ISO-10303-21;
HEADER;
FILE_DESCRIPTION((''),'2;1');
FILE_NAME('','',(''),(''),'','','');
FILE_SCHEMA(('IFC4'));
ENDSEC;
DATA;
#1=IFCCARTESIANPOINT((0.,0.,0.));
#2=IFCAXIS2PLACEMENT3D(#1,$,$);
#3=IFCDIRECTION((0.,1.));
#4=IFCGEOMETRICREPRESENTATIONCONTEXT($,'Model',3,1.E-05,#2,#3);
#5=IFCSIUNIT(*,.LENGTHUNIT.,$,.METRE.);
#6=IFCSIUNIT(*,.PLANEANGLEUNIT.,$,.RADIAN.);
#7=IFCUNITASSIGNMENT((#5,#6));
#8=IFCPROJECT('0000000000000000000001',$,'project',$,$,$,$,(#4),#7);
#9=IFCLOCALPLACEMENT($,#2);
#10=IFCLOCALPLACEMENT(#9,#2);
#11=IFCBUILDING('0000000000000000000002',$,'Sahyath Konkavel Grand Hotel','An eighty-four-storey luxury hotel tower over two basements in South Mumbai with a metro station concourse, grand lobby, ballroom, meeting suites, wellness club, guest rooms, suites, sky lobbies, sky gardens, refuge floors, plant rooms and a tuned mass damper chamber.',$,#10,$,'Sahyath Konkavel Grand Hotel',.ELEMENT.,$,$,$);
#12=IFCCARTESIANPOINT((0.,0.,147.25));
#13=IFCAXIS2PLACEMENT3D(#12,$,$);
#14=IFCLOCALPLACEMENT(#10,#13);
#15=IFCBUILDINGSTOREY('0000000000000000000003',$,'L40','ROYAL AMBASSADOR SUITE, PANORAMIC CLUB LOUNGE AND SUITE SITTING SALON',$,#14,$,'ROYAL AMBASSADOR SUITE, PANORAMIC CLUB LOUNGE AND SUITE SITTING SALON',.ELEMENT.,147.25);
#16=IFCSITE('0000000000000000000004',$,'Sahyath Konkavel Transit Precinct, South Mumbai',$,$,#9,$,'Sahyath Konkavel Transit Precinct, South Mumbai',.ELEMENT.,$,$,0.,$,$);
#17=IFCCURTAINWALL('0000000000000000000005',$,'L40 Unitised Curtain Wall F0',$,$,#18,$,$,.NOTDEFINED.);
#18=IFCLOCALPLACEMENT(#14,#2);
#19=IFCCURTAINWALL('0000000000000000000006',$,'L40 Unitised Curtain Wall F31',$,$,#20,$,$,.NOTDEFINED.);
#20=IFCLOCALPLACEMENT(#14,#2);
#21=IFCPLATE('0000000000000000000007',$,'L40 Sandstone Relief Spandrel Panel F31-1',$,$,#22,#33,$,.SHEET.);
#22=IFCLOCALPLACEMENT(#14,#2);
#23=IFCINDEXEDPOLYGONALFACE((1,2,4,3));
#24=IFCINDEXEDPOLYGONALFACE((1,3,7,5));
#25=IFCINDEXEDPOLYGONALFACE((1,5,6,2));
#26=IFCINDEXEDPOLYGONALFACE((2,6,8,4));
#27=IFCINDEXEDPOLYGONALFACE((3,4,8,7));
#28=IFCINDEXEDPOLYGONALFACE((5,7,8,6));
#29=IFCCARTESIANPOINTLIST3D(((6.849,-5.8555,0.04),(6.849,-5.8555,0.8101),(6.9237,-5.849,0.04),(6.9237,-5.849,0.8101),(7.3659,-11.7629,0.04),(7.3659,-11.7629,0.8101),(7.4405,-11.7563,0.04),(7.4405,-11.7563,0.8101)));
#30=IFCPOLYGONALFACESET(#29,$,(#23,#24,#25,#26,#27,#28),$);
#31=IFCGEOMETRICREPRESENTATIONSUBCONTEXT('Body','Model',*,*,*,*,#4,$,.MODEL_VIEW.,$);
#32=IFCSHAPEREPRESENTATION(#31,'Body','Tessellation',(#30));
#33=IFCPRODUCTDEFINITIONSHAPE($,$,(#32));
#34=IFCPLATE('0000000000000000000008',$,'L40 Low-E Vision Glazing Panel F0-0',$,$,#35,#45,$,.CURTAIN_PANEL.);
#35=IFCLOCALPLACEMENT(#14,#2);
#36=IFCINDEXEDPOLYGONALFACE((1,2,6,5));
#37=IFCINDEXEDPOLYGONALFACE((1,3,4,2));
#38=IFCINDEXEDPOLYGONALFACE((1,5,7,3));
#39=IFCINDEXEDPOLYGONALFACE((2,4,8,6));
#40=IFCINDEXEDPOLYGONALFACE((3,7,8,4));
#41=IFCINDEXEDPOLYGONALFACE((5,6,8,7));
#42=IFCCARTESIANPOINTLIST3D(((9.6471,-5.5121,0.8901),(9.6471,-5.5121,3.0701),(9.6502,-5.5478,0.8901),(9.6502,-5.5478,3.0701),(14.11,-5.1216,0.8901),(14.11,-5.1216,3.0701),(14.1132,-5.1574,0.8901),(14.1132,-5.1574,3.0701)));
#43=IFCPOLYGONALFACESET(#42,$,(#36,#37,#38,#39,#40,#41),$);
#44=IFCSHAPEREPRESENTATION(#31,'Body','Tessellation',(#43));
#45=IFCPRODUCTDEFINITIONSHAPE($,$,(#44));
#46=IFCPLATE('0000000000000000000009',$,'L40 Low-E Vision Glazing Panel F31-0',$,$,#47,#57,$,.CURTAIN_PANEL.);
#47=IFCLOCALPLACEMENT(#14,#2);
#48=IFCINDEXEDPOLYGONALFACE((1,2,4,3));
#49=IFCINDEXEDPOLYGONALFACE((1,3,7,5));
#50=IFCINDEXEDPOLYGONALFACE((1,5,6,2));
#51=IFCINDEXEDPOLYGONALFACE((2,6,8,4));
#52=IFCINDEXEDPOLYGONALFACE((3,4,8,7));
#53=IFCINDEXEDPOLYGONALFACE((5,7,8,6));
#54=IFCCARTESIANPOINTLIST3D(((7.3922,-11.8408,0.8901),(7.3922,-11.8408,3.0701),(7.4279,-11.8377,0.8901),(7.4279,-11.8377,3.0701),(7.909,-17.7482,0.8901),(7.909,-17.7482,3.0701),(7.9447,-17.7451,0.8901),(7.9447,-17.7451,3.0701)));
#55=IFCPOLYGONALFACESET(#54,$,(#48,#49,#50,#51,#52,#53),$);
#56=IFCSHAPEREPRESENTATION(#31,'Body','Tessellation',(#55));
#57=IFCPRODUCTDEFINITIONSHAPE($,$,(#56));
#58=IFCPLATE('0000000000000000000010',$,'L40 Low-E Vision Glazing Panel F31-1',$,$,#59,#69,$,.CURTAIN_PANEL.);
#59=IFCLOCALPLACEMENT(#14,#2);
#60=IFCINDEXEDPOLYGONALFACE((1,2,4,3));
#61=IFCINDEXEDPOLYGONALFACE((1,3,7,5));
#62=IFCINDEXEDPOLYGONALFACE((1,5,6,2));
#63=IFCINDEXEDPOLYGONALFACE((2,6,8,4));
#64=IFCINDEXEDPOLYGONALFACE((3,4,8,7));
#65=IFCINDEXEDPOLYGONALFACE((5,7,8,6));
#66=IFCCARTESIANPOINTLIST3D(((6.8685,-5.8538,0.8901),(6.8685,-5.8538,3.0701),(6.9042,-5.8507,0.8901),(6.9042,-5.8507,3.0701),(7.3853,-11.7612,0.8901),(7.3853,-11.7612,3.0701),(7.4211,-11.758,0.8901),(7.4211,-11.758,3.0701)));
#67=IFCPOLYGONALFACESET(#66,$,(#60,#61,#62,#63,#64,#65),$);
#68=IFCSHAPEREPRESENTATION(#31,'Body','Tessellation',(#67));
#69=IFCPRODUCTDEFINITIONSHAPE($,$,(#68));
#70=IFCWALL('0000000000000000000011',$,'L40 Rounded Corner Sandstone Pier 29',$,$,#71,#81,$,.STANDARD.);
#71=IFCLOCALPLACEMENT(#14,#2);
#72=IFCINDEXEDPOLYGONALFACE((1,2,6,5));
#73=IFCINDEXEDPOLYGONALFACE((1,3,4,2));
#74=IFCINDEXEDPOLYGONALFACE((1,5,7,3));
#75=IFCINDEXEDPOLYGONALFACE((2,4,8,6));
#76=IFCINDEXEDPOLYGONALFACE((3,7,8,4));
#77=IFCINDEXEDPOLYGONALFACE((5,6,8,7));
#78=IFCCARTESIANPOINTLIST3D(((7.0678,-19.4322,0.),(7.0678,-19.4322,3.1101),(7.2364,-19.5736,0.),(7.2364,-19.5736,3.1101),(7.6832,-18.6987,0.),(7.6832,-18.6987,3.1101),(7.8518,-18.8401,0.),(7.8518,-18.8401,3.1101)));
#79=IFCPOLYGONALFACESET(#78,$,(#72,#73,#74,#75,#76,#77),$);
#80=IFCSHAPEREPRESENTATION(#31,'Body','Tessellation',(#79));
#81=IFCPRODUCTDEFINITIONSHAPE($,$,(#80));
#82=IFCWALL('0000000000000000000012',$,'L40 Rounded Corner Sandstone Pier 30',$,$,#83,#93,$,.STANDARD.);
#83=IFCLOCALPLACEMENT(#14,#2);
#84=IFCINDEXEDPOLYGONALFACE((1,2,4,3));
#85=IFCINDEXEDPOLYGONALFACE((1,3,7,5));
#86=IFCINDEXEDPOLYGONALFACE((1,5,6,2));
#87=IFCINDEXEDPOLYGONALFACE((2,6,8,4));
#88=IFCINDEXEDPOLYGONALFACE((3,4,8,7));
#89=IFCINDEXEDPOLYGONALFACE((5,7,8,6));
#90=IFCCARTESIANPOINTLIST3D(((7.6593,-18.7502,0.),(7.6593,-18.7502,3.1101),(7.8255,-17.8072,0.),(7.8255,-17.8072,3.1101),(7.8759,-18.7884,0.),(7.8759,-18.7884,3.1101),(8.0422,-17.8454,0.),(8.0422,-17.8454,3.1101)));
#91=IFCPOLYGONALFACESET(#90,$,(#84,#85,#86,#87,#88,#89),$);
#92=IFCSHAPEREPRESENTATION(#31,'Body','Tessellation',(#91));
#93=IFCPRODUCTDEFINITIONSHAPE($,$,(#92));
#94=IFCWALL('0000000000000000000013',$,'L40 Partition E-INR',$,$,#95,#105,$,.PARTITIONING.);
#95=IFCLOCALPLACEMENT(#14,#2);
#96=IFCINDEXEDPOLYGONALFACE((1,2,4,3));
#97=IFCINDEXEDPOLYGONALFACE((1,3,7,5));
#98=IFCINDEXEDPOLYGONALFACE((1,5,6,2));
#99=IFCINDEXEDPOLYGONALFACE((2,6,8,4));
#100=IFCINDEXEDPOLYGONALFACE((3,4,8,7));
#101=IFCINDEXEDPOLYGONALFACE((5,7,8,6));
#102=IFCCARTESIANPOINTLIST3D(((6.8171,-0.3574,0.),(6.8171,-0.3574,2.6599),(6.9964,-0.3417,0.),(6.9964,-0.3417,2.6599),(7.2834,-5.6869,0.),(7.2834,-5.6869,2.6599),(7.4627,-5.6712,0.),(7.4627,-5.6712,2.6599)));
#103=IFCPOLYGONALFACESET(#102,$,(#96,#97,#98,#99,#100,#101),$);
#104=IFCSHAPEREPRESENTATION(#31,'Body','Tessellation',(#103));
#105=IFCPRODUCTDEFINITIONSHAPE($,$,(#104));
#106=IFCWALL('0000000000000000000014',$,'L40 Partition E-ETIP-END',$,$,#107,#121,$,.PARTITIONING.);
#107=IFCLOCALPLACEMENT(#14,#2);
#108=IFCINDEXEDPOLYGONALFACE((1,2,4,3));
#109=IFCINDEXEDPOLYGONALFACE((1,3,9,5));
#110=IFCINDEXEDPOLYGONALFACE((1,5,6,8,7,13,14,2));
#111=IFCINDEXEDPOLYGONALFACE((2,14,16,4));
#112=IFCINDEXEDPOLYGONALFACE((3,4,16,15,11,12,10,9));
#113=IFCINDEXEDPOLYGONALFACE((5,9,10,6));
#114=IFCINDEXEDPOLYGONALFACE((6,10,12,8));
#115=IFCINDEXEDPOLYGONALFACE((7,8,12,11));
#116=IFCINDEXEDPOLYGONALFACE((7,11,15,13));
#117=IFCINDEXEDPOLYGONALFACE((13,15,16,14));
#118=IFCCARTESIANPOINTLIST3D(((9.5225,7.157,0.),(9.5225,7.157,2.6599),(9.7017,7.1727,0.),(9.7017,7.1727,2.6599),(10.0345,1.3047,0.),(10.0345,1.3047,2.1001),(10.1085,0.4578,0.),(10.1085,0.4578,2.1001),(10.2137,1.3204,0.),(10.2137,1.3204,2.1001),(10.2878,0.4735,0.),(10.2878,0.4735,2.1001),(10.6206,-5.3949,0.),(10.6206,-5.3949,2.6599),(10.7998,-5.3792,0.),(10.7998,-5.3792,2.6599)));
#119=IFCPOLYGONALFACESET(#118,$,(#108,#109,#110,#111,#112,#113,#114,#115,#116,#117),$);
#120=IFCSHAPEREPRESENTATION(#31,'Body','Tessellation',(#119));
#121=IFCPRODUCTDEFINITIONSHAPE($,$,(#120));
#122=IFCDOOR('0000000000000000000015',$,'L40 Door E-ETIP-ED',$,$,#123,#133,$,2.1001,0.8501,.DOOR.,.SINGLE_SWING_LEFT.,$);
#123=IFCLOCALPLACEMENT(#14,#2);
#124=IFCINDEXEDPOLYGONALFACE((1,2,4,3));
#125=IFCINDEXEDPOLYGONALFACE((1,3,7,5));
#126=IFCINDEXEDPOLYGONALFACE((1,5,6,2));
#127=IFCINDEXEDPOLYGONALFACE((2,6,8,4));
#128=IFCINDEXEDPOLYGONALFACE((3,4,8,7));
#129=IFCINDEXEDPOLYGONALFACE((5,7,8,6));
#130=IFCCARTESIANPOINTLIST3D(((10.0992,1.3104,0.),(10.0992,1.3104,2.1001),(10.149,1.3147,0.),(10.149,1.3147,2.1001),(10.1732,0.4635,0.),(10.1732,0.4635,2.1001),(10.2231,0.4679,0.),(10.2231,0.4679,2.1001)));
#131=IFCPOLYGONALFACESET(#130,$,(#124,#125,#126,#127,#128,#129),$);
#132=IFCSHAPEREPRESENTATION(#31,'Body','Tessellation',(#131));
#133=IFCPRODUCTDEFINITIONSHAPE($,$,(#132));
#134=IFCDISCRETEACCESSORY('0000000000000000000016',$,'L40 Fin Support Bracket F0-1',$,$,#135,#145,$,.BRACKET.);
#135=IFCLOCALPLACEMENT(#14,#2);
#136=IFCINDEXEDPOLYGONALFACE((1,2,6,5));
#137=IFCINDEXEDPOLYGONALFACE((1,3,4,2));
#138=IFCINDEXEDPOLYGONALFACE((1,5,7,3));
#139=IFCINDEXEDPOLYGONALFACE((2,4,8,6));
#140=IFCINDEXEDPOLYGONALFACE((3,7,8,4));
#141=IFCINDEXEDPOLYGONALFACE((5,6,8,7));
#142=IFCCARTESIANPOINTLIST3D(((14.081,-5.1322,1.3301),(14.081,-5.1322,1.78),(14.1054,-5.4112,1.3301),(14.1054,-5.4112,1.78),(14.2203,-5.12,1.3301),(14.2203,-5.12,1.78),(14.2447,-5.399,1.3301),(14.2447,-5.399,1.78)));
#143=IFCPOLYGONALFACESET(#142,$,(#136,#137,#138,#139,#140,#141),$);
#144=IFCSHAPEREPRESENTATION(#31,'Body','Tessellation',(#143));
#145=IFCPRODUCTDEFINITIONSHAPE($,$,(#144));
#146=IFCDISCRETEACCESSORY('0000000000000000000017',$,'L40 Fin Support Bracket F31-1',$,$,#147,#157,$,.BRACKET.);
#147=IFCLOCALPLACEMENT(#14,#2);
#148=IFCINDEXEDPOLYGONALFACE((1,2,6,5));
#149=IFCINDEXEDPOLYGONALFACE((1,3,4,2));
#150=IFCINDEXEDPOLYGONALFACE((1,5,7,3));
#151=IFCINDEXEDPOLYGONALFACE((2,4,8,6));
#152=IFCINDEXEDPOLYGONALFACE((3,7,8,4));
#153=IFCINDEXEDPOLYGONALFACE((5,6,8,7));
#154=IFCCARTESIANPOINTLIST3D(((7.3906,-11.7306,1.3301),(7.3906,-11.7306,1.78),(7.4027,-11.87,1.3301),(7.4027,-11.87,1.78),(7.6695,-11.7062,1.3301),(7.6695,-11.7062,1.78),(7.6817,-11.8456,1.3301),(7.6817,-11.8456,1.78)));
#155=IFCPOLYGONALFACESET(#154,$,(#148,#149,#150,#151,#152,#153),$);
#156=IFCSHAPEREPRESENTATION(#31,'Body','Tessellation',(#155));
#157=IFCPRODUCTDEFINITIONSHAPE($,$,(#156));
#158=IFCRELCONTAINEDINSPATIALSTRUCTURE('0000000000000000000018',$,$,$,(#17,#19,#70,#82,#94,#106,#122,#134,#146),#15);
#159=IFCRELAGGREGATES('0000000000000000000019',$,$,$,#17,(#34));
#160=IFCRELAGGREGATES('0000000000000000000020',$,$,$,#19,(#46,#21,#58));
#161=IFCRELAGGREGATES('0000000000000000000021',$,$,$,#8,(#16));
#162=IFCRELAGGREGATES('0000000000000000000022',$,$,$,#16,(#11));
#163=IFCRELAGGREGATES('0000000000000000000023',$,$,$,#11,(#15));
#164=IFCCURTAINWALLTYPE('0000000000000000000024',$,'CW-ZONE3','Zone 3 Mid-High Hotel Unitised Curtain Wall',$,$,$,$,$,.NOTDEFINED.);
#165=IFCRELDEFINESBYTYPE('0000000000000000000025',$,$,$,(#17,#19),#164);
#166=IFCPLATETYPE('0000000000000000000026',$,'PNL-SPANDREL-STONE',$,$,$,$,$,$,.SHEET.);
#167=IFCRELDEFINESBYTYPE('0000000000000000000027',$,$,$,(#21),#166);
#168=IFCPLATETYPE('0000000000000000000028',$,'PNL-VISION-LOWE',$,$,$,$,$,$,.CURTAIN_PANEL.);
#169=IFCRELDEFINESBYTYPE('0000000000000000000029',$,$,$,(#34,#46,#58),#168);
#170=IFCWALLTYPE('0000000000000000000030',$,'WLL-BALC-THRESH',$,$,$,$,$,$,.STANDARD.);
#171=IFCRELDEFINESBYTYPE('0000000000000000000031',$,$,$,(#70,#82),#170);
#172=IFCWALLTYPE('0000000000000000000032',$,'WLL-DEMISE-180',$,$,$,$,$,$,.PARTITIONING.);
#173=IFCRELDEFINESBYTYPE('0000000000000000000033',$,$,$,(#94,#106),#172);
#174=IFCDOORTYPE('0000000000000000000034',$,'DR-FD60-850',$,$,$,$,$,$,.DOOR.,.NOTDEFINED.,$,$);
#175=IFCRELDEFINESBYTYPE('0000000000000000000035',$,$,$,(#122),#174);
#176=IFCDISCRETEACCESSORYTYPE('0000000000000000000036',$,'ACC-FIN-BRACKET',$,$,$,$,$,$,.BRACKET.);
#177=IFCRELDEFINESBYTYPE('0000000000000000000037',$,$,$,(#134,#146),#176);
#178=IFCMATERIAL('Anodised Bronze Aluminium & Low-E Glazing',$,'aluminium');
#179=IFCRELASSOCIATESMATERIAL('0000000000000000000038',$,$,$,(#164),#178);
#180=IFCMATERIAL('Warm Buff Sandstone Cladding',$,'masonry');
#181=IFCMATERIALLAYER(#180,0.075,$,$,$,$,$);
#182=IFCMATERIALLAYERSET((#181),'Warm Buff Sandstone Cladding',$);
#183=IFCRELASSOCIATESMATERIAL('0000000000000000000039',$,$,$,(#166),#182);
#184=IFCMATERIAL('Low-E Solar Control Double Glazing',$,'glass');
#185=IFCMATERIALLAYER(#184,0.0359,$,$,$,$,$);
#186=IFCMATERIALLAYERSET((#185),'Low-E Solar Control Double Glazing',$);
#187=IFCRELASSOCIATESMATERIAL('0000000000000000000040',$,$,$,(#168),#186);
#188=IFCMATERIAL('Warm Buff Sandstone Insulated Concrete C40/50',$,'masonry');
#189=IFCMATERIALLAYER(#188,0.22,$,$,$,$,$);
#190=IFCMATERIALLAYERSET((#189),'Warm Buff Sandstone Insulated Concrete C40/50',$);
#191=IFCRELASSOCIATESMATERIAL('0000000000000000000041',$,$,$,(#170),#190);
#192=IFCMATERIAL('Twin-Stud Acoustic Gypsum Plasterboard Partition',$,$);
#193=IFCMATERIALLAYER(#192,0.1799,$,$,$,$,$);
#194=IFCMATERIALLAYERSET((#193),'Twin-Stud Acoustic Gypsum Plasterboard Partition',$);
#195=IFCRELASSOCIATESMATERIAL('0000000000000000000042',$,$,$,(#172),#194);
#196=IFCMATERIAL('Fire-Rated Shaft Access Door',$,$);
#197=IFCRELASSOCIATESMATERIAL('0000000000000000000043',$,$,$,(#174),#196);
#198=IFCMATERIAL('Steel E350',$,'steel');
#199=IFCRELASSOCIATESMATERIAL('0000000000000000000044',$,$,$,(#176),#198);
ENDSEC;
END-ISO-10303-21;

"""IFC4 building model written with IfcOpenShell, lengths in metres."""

from ifc_helpers import new_model, si_unit, direction, frame, frame_2d, origin, origin_2d, place, context, subcontext, project, spatial, rectangle, extrude, source, transform, mapped, material, layer, layer_set, type_object, element, fill, aggregate, save


model = new_model("IFC4")

# Units and contexts
model_context = context("Model", 3, precision=1e-05, world=origin(), true_north=direction((0.0, 1.0)))
body_context = subcontext(model_context, "Body", "Model", "MODEL_VIEW")
ifc_project = project(units=[si_unit("LENGTHUNIT", "METRE"), si_unit("PLANEANGLEUNIT", "RADIAN")], contexts=[model_context])

# Site, building, storey
site_placement = place(None, origin())
site = spatial("IfcSite", under=ifc_project, at=site_placement, Name="Sahyath Konkavel Transit Precinct, South Mumbai", LongName="Sahyath Konkavel Transit Precinct, South Mumbai", CompositionType="ELEMENT", RefElevation=0.0)
building_placement = place(site_placement, origin())
building = spatial("IfcBuilding", under=site, at=building_placement, Name="Sahyath Konkavel Grand Hotel", Description="An eighty-four-storey luxury hotel tower over two basements in South Mumbai with a metro station concourse, grand lobby, ballroom, meeting suites, wellness club, guest rooms, suites, sky lobbies, sky gardens, refuge floors, plant rooms and a tuned mass damper chamber.", LongName="Sahyath Konkavel Grand Hotel", CompositionType="ELEMENT")
storey_placement = place(building_placement, frame((0.0, 0.0, 147.25)))
storey = spatial("IfcBuildingStorey", under=building, at=storey_placement, Name="L40", Description="ROYAL AMBASSADOR SUITE, PANORAMIC CLUB LOUNGE AND SUITE SITTING SALON", LongName="ROYAL AMBASSADOR SUITE, PANORAMIC CLUB LOUNGE AND SUITE SITTING SALON", CompositionType="ELEMENT", Elevation=147.25)

# Curtain walls
ifc_material_1 = material(Name="Anodised Bronze Aluminium & Low-E Glazing", Category="aluminium")
curtain_wall_type = type_object("IfcCurtainWallType", Name="CW-ZONE3", Description="Zone 3 Mid-High Hotel Unitised Curtain Wall", PredefinedType="NOTDEFINED", material=ifc_material_1)
curtain_wall_1_placement = place(storey_placement, origin())
curtain_wall_1 = element("IfcCurtainWall", 1, at=curtain_wall_1_placement, inside=storey, type_object=curtain_wall_type, Name="L40 Unitised Curtain Wall F0", PredefinedType="NOTDEFINED")
curtain_wall_2_placement = place(storey_placement, origin())
curtain_wall_2 = element("IfcCurtainWall", 2, at=curtain_wall_2_placement, inside=storey, type_object=curtain_wall_type, Name="L40 Unitised Curtain Wall F31", PredefinedType="NOTDEFINED")

# Plates
ifc_material_2 = material(Name="Warm Buff Sandstone Cladding", Category="masonry")
ifc_layer_1 = layer(ifc_material_2, 0.075)
ifc_layer_set_1 = layer_set([ifc_layer_1], Name="Warm Buff Sandstone Cladding")
plate_type_1 = type_object("IfcPlateType", Name="PNL-SPANDREL-STONE", PredefinedType="SHEET", material=ifc_layer_set_1)
shared_shape_1 = source(origin(), body_context, "Body", "SweptSolid", [
    extrude(rectangle(XDim=5.9299, YDim=0.075, at=origin_2d()), origin(), (0.0, 0.0, 1.0), 0.77),
])
plate_1_placement = place(storey_placement, frame((7.1448, -8.8059, 0.04), z_axis=(0.0, 0.0, 1.0), x_axis=(-0.087156, 0.996195, 0.0)))
plate_1 = element("IfcPlate", 3, at=plate_1_placement, type_object=plate_type_1, Name="L40 Sandstone Relief Spandrel Panel F31-1", PredefinedType="SHEET", context=body_context, shape_type="MappedRepresentation", body=[
    mapped(shared_shape_1, transform((0.0, 0.0, 0.0), scale=1.0)),
])
ifc_material_3 = material(Name="Low-E Solar Control Double Glazing", Category="glass")
ifc_layer_2 = layer(ifc_material_3, 0.0359)
ifc_layer_set_2 = layer_set([ifc_layer_2], Name="Low-E Solar Control Double Glazing")
plate_type_2 = type_object("IfcPlateType", Name="PNL-VISION-LOWE", PredefinedType="CURTAIN_PANEL", material=ifc_layer_set_2)
shared_shape_2 = source(origin(), body_context, "Body", "SweptSolid", [
    extrude(rectangle(XDim=4.48, YDim=0.0359, at=origin_2d()), origin(), (0.0, 0.0, 1.0), 2.1799),
])
plate_2_placement = place(storey_placement, frame((11.8801, -5.3347, 0.8901), z_axis=(0.0, 0.0, 1.0), x_axis=(0.996195, 0.087156, 0.0)))
plate_2 = element("IfcPlate", 4, at=plate_2_placement, type_object=plate_type_2, Name="L40 Low-E Vision Glazing Panel F0-0", PredefinedType="CURTAIN_PANEL", context=body_context, shape_type="MappedRepresentation", body=[
    mapped(shared_shape_2, transform((0.0, 0.0, 0.0), scale=1.0)),
])
aggregate(curtain_wall_1, [plate_2])
shared_shape_3 = source(origin(), body_context, "Body", "SweptSolid", [
    extrude(rectangle(XDim=5.9299, YDim=0.0359, at=origin_2d()), origin(), (0.0, 0.0, 1.0), 2.1799),
])
plate_3_placement = place(storey_placement, frame((7.6685, -14.793, 0.8901), z_axis=(0.0, 0.0, 1.0), x_axis=(-0.087156, 0.996195, 0.0)))
plate_3 = element("IfcPlate", 5, at=plate_3_placement, type_object=plate_type_2, Name="L40 Low-E Vision Glazing Panel F31-0", PredefinedType="CURTAIN_PANEL", context=body_context, shape_type="MappedRepresentation", body=[
    mapped(shared_shape_3, transform((0.0, 0.0, 0.0), scale=1.0)),
])
plate_4_placement = place(storey_placement, frame((7.1448, -8.8059, 0.8901), z_axis=(0.0, 0.0, 1.0), x_axis=(-0.087156, 0.996195, 0.0)))
plate_4 = element("IfcPlate", 6, at=plate_4_placement, type_object=plate_type_2, Name="L40 Low-E Vision Glazing Panel F31-1", PredefinedType="CURTAIN_PANEL", context=body_context, shape_type="MappedRepresentation", body=[
    mapped(shared_shape_3, transform((0.0, 0.0, 0.0), scale=1.0)),
])
aggregate(curtain_wall_2, [plate_3, plate_1, plate_4])

# Walls
ifc_material_4 = material(Name="Warm Buff Sandstone Insulated Concrete C40/50", Category="masonry")
ifc_layer_3 = layer(ifc_material_4, 0.22)
ifc_layer_set_3 = layer_set([ifc_layer_3], Name="Warm Buff Sandstone Insulated Concrete C40/50")
wall_type_1 = type_object("IfcWallType", Name="WLL-BALC-THRESH", PredefinedType="STANDARD", material=ifc_layer_set_3)
for number, where, z_axis, x_axis, name in (
    (7, (7.1521, -19.5029, 0.0), (0.0, 0.0, 1.0), (0.642714, 0.766107, 0.0), "L40 Rounded Corner Sandstone Pier 29"),
    (8, (7.7676, -18.7693, 0.0), (0.0, 0.0, 1.0), (0.173654, 0.984807, 0.0), "L40 Rounded Corner Sandstone Pier 30"),
):
    element("IfcWall", number, at=place(storey_placement, frame(where, z_axis=z_axis, x_axis=x_axis)), inside=storey, type_object=wall_type_1, Name=name, PredefinedType="STANDARD", context=body_context, shape_type="SweptSolid", body=[
        extrude(rectangle(XDim=0.9575, YDim=0.22, at=frame_2d((0.4788, 0.0))), origin(), (0.0, 0.0, 1.0), 3.1101),
    ])
ifc_material_5 = material(Name="Twin-Stud Acoustic Gypsum Plasterboard Partition")
ifc_layer_4 = layer(ifc_material_5, 0.1799)
ifc_layer_set_4 = layer_set([ifc_layer_4], Name="Twin-Stud Acoustic Gypsum Plasterboard Partition")
wall_type_2 = type_object("IfcWallType", Name="WLL-DEMISE-180", PredefinedType="PARTITIONING", material=ifc_layer_set_4)
wall_1_placement = place(storey_placement, frame((7.373, -5.679, 0.0), z_axis=(0.0, 0.0, 1.0), x_axis=(-0.087161, 0.996194, 0.0)))
element("IfcWall", 9, at=wall_1_placement, inside=storey, type_object=wall_type_2, Name="L40 Partition E-INR", PredefinedType="PARTITIONING", context=body_context, shape_type="SweptSolid", body=[
    extrude(rectangle(XDim=5.3499, YDim=0.1799, at=frame_2d((2.6748, 0.0))), origin(), (0.0, 0.0, 1.0), 2.6599),
])

# Wall, opening, door
wall_2_placement = place(storey_placement, frame((10.7102, -5.387, 0.0), z_axis=(0.0, 0.0, 1.0), x_axis=(-0.087155, 0.996195, 0.0)))
wall_2 = element("IfcWall", 10, at=wall_2_placement, inside=storey, type_object=wall_type_2, Name="L40 Partition E-ETIP-END", PredefinedType="PARTITIONING", context=body_context, shape_type="SweptSolid", body=[
    extrude(rectangle(XDim=12.5999, YDim=0.1799, at=frame_2d((6.2998, 0.0))), origin(), (0.0, 0.0, 1.0), 2.6599),
])
opening_placement = place(wall_2_placement, frame((5.875, 0.0, 0.0)))
opening = element("IfcOpeningElement", 11, at=opening_placement, cuts=wall_2, PredefinedType="OPENING", context=body_context, shape_type="SweptSolid", body=[
    extrude(rectangle(XDim=0.8501, YDim=2.1001, at=frame_2d((0.425, 1.05))), frame((0.0, 0.1001, 0.0), z_axis=(0.0, -1.0, 0.0), x_axis=(1.0, 0.0, 0.0)), (0.0, 0.0, 1.0), 0.2),
])
ifc_material_6 = material(Name="Fire-Rated Shaft Access Door")
door_type = type_object("IfcDoorType", Name="DR-FD60-850", OperationType="NOTDEFINED", PredefinedType="DOOR", material=ifc_material_6)
shared_shape_4 = source(origin(), body_context, "Body", "SweptSolid", [
    extrude(rectangle(XDim=0.8501, YDim=0.05, at=origin_2d()), origin(), (0.0, 0.0, 1.0), 2.1001),
])
door_placement = place(opening_placement, frame((0.425, 0.0, 0.0)))
door = element("IfcDoor", 12, at=door_placement, inside=storey, type_object=door_type, Name="L40 Door E-ETIP-ED", OperationType="SINGLE_SWING_LEFT", OverallHeight=2.1001, OverallWidth=0.8501, PredefinedType="DOOR", context=body_context, shape_type="MappedRepresentation", body=[
    mapped(shared_shape_4, transform((0.0, 0.0, 0.0), scale=1.0)),
])
fill(opening, door)

# Discrete accessories
ifc_material_7 = material(Name="Steel E350", Category="steel")
discrete_accessory_type = type_object("IfcDiscreteAccessoryType", Name="ACC-FIN-BRACKET", PredefinedType="BRACKET", material=ifc_material_7)
shared_shape_5 = source(origin(), body_context, "Body", "SweptSolid", [
    extrude(rectangle(XDim=0.28, YDim=0.1399, at=origin_2d()), origin(), (0.0, 0.0, 1.0), 0.45),
])
for number, where, z_axis, x_axis, name in (
    (13, (14.1628, -5.2656, 1.3301), (0.0, 0.0, 1.0), (0.087156, -0.996195, 0.0), "L40 Fin Support Bracket F0-1"),
    (14, (7.5361, -11.7881, 1.3301), (0.0, 0.0, 1.0), (0.996195, 0.087156, 0.0), "L40 Fin Support Bracket F31-1"),
):
    element("IfcDiscreteAccessory", number, at=place(storey_placement, frame(where, z_axis=z_axis, x_axis=x_axis)), inside=storey, type_object=discrete_accessory_type, Name=name, PredefinedType="BRACKET", context=body_context, shape_type="MappedRepresentation", body=[
        mapped(shared_shape_5, transform((0.0, 0.0, 0.0), scale=1.0)),
    ])

save(model, "model.ifc")
